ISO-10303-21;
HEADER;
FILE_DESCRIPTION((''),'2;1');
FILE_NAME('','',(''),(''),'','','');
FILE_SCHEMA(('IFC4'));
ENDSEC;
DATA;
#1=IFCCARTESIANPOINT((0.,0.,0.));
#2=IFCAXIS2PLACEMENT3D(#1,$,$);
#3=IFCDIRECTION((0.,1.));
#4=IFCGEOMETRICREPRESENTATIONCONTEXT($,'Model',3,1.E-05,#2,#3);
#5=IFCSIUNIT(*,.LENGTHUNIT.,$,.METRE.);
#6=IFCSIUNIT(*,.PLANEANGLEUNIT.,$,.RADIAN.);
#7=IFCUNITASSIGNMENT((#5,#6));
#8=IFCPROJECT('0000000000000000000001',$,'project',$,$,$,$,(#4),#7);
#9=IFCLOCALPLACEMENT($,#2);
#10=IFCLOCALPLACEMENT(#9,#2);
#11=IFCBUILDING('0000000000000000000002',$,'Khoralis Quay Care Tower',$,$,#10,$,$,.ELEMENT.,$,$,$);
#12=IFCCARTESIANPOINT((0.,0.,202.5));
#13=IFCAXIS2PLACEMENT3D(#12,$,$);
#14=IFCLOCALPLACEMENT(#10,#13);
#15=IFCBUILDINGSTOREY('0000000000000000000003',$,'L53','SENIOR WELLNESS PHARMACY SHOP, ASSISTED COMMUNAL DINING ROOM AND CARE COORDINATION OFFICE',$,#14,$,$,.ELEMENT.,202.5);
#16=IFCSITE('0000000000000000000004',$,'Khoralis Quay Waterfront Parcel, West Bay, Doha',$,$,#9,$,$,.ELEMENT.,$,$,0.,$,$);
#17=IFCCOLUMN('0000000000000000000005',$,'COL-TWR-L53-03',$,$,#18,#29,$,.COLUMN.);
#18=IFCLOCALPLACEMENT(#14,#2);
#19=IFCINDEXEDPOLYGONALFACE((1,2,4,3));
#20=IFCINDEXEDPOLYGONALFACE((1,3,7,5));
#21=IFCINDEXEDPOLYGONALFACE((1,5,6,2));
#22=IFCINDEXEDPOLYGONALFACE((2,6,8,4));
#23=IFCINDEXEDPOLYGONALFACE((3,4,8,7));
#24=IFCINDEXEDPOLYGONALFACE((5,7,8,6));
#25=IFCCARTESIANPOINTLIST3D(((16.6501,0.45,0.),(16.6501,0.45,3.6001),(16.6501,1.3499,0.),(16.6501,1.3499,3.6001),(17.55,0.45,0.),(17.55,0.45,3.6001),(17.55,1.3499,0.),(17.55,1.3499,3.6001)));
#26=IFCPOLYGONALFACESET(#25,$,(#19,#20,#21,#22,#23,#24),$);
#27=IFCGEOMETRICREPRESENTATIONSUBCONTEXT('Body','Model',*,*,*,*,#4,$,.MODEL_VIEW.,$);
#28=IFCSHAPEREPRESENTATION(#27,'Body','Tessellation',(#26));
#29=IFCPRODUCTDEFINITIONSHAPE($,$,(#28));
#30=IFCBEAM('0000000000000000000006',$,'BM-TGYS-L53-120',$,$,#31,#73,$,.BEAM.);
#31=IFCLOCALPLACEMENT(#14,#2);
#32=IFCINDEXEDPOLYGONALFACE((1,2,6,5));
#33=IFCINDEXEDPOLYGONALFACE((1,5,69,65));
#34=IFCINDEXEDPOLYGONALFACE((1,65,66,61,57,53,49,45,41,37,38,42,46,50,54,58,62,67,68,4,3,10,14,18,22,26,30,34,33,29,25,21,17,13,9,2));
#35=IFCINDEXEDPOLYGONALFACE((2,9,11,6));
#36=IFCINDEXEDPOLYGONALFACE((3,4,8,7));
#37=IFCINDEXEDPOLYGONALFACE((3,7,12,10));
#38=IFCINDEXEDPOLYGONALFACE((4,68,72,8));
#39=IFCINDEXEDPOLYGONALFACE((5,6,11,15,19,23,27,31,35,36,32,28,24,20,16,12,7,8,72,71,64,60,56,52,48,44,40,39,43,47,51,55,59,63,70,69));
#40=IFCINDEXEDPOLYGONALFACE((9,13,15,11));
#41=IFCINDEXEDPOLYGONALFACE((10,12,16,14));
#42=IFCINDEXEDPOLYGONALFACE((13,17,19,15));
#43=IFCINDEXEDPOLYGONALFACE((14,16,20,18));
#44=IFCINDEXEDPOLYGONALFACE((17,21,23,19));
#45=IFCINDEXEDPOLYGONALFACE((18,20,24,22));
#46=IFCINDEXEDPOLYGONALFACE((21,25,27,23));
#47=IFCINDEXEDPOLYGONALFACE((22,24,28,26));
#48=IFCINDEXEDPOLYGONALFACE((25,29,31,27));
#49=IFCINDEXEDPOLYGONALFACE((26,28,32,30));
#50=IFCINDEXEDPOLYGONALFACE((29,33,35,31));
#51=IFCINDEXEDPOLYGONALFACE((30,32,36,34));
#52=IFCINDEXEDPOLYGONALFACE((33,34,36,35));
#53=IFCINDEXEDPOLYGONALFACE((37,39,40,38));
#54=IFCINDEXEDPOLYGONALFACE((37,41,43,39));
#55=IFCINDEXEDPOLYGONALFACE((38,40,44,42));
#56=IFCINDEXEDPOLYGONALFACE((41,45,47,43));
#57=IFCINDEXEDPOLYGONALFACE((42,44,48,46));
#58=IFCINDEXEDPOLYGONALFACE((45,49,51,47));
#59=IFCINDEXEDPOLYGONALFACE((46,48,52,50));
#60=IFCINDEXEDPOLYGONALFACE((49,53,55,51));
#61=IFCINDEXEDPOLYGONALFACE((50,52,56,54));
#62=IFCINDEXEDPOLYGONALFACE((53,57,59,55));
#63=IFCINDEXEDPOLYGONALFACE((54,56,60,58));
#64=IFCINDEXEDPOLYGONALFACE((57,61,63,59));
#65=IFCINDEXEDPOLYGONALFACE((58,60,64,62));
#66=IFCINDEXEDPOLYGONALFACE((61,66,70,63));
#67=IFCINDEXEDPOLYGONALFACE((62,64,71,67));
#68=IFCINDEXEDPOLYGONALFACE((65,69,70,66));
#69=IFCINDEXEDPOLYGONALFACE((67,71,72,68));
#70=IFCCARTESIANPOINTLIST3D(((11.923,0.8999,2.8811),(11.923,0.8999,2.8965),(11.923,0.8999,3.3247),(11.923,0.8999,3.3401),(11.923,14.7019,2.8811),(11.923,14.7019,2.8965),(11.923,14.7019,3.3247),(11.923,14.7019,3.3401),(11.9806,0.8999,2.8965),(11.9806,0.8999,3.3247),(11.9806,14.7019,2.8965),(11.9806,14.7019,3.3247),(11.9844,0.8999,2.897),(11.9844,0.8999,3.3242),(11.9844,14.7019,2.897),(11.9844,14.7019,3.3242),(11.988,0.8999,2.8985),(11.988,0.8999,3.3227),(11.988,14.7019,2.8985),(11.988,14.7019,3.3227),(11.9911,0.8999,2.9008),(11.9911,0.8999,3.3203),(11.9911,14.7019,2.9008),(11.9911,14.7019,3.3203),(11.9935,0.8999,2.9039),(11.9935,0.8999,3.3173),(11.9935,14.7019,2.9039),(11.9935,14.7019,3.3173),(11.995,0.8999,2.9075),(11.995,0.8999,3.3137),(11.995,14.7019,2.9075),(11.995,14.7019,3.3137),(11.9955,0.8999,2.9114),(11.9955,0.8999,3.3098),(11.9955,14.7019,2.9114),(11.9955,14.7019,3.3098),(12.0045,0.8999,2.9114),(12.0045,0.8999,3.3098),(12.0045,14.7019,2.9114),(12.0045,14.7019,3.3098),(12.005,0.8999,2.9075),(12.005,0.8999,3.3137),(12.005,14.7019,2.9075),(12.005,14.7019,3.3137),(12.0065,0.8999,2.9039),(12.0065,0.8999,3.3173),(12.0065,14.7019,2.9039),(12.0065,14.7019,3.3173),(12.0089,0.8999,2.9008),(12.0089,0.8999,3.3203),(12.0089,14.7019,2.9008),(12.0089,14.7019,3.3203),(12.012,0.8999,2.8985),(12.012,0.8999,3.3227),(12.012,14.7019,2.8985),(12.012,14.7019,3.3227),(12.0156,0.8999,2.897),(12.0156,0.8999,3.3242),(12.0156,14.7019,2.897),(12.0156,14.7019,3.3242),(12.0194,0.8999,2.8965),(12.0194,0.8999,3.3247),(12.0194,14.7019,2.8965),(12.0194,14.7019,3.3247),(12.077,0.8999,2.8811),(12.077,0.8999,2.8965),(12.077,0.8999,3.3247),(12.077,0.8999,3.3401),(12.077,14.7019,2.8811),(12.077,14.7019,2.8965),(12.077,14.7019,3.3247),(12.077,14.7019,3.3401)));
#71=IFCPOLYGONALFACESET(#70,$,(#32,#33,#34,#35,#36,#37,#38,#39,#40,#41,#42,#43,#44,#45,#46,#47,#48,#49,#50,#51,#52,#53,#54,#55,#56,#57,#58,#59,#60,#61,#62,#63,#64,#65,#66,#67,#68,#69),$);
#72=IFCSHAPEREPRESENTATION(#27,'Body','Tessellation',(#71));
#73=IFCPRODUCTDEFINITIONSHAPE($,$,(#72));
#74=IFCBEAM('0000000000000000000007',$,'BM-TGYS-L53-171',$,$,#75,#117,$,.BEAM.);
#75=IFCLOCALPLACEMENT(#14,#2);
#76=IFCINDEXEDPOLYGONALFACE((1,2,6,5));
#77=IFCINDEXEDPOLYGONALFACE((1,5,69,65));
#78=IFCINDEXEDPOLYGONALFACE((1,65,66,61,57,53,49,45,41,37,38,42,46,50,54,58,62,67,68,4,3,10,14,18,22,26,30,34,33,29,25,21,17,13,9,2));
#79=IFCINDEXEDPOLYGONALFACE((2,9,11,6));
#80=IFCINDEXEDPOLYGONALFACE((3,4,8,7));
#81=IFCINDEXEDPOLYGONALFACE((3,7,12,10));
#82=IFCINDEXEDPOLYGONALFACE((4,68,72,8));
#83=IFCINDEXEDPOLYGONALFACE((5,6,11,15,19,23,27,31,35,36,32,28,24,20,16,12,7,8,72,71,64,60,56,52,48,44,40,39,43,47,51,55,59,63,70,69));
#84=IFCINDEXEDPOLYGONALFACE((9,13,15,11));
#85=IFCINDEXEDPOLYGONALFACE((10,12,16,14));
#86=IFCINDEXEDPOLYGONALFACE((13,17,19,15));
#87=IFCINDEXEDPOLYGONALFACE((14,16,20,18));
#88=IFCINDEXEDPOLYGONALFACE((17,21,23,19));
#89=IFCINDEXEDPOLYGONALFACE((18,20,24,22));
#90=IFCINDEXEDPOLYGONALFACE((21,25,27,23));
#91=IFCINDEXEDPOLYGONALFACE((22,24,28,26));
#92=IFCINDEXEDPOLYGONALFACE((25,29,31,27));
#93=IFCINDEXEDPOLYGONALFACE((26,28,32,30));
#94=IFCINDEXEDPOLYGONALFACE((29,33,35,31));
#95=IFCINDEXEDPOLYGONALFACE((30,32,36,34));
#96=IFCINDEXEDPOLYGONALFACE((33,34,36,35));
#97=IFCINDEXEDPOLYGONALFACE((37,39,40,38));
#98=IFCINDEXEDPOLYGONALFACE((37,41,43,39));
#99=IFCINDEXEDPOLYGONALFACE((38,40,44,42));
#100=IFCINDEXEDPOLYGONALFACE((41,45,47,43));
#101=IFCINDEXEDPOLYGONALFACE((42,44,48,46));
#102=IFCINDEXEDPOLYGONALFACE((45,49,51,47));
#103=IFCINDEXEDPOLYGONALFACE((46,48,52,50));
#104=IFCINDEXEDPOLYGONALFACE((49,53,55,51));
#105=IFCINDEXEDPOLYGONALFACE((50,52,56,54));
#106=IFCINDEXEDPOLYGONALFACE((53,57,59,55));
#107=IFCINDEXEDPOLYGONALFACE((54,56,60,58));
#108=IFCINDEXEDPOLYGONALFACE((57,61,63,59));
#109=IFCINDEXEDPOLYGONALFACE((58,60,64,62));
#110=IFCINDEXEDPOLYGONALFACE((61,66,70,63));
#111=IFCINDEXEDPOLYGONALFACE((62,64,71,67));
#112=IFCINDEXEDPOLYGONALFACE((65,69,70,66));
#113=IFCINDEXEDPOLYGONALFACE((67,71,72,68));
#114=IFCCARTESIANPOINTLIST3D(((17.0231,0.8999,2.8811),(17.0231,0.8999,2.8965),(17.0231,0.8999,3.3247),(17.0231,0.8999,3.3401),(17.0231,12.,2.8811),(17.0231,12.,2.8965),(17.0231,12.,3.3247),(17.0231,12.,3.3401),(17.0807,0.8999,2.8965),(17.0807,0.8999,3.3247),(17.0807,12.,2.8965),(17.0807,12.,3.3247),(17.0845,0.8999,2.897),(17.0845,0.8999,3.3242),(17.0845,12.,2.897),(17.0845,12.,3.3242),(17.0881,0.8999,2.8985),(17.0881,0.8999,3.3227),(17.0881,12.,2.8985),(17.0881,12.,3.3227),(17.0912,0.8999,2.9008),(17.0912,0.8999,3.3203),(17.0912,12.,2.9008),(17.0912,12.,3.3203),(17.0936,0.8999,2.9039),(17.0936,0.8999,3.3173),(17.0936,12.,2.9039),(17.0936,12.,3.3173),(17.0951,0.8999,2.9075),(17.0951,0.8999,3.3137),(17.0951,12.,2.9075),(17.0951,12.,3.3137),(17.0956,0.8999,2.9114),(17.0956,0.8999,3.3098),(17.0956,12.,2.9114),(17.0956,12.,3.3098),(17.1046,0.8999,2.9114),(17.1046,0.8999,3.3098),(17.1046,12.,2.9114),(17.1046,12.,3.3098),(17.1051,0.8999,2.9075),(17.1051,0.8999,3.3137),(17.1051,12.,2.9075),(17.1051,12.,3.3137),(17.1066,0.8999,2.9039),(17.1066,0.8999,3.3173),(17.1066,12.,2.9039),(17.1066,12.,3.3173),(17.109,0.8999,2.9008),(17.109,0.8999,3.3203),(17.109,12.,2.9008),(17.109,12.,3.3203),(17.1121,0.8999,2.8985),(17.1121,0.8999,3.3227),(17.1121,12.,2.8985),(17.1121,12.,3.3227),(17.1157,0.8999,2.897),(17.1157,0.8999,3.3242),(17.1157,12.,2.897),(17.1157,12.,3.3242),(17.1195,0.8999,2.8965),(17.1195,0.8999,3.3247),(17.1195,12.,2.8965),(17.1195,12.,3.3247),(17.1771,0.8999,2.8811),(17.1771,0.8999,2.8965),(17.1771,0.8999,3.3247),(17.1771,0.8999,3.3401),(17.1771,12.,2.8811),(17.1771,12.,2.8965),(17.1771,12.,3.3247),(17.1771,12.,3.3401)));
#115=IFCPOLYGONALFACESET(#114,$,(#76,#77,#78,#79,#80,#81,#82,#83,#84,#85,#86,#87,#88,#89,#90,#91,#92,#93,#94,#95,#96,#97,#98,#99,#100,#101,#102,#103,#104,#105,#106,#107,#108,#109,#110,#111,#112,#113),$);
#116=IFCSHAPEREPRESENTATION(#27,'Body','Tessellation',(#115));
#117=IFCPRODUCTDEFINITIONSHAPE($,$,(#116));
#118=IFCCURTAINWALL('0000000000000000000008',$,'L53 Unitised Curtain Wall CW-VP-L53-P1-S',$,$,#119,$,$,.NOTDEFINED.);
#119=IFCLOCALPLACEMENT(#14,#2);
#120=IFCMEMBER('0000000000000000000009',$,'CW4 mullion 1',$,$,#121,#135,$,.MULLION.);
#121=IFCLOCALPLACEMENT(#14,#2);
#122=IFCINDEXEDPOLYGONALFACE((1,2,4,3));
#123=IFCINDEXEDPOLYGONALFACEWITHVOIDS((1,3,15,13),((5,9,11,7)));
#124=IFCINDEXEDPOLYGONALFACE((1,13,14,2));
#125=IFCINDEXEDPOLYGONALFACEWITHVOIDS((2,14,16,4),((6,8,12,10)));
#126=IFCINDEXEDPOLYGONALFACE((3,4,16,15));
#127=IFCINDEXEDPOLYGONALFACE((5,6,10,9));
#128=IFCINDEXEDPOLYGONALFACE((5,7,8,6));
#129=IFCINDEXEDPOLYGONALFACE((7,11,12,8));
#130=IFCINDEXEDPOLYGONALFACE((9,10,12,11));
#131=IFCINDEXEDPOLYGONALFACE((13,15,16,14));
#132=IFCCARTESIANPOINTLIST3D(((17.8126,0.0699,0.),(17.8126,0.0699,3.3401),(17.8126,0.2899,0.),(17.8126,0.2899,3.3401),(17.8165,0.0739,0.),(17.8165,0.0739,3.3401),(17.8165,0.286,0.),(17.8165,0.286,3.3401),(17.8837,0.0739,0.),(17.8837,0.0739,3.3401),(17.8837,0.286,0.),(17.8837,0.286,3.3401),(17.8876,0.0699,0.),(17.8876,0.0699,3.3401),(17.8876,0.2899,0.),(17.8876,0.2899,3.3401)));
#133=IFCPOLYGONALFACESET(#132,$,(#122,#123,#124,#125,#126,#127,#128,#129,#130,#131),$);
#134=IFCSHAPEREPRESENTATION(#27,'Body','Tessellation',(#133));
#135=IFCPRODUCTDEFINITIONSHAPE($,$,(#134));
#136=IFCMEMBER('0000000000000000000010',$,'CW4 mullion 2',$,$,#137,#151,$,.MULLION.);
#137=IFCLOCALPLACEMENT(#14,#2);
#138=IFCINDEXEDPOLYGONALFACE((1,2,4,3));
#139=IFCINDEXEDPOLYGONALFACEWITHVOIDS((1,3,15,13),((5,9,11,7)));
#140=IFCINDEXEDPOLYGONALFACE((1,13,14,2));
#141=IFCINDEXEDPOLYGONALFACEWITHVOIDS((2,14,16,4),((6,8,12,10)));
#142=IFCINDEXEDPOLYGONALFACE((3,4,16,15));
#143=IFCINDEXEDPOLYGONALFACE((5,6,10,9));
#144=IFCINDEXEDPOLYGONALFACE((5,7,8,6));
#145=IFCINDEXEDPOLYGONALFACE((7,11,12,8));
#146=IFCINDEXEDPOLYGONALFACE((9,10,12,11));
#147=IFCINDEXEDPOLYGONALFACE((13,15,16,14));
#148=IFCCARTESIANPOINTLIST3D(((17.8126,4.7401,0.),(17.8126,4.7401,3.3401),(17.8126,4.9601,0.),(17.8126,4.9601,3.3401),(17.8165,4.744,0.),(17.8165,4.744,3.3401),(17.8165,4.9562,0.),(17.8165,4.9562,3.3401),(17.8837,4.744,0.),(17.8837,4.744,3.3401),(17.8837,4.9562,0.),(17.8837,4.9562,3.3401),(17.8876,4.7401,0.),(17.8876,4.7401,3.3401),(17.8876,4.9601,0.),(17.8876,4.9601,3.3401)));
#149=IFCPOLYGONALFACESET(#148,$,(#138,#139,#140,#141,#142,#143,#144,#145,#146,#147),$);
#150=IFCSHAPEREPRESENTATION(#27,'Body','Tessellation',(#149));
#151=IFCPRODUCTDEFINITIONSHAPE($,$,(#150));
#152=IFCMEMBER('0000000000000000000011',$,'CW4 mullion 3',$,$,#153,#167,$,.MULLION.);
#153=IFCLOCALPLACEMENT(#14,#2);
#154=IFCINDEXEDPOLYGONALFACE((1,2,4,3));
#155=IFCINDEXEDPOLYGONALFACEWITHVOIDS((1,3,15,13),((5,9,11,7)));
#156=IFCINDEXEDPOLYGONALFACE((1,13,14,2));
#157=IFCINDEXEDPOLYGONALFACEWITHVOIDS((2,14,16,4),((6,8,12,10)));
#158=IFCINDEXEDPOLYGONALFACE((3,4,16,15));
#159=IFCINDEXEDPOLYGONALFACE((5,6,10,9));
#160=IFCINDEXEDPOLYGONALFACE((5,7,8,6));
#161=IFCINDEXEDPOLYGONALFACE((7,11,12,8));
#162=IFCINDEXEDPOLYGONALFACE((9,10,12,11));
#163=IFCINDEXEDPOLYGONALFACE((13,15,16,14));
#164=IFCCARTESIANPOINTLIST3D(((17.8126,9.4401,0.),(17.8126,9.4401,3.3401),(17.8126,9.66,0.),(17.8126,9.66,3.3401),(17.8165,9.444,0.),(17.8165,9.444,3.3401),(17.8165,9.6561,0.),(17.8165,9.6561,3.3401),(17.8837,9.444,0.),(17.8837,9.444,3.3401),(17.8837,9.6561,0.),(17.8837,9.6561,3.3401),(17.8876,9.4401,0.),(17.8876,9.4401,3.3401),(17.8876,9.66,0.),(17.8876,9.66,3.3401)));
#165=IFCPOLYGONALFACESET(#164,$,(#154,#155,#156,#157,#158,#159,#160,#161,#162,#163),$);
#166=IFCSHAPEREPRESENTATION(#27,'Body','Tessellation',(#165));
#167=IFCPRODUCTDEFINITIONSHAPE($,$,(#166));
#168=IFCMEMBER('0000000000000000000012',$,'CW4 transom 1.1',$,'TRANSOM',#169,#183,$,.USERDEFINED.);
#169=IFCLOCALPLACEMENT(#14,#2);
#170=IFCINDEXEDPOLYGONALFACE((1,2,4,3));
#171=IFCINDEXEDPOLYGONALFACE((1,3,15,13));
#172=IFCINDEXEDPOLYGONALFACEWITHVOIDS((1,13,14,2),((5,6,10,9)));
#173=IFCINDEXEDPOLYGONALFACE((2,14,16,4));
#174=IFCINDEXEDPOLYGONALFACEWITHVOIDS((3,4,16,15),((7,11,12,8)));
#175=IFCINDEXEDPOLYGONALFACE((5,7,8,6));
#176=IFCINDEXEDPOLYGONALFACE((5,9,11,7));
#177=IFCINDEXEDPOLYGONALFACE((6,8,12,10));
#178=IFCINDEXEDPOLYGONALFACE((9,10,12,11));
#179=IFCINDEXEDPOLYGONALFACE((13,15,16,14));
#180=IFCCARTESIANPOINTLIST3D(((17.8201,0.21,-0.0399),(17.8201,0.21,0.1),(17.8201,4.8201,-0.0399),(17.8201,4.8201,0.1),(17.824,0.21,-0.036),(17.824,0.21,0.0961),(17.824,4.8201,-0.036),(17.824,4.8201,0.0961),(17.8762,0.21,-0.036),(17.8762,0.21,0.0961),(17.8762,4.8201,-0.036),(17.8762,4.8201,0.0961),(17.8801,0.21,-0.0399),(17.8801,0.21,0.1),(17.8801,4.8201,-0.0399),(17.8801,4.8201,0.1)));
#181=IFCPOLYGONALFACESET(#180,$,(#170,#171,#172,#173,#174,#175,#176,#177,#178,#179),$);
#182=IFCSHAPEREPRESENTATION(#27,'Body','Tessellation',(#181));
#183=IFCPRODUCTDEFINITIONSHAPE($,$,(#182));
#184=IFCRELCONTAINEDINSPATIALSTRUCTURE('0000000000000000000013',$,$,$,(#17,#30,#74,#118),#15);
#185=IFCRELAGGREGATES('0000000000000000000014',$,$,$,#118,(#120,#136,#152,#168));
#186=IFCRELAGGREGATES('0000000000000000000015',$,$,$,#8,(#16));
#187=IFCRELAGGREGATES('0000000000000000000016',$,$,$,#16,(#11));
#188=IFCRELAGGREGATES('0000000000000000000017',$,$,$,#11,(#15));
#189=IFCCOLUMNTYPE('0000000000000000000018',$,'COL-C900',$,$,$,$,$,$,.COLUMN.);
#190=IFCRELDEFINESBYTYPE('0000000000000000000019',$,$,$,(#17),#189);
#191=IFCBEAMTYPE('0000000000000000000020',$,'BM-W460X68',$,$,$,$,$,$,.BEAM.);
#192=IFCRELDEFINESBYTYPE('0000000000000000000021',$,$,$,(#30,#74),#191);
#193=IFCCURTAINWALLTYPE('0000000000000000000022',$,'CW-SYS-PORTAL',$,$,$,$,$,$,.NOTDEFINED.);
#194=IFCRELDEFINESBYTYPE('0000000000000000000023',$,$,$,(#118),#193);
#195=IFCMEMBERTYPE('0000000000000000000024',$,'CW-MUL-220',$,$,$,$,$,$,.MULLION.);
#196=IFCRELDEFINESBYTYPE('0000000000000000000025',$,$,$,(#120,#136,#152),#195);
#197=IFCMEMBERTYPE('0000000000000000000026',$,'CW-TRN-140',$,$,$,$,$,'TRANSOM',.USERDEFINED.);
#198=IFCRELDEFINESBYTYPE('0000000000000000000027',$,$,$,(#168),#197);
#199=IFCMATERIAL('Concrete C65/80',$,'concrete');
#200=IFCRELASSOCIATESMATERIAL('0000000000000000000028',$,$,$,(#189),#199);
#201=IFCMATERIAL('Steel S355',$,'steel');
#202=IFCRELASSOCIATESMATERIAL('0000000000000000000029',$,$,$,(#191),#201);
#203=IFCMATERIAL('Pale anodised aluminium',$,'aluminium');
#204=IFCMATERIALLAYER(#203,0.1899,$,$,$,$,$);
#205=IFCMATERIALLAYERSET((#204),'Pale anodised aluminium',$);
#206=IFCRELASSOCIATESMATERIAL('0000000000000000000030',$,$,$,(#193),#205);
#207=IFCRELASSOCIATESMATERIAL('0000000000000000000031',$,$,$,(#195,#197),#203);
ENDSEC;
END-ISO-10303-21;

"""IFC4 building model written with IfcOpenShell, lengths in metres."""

from ifc_helpers import new_model, si_unit, direction, frame, origin, origin_2d, place, context, subcontext, project, spatial, rectangle, hollow_rectangle, i_section, extrude, source, transform, mapped, material, layer, layer_set, material_profile, profile_set, type_object, element, aggregate, save


model = new_model("IFC4")

# Units and contexts
model_context = context("Model", 3, precision=1e-05, world=origin(), true_north=direction((0.0, 1.0)))
body_context = subcontext(model_context, "Body", "Model", "MODEL_VIEW")
ifc_project = project(units=[si_unit("LENGTHUNIT", "METRE"), si_unit("PLANEANGLEUNIT", "RADIAN")], contexts=[model_context])

# Site, building, storey
site_placement = place(None, origin())
site = spatial("IfcSite", under=ifc_project, at=site_placement, Name="Khoralis Quay Waterfront Parcel, West Bay, Doha", CompositionType="ELEMENT", RefElevation=0.0)
building_placement = place(site_placement, origin())
building = spatial("IfcBuilding", under=site, at=building_placement, Name="Khoralis Quay Care Tower", CompositionType="ELEMENT")
storey_placement = place(building_placement, frame((0.0, 0.0, 202.5)))
storey = spatial("IfcBuildingStorey", under=building, at=storey_placement, Name="L53", Description="SENIOR WELLNESS PHARMACY SHOP, ASSISTED COMMUNAL DINING ROOM AND CARE COORDINATION OFFICE", CompositionType="ELEMENT", Elevation=202.5)

# Column
ifc_material_1 = material(Name="Concrete C65/80", Category="concrete")
ifc_material_profile_1 = material_profile(ifc_material_1, rectangle(XDim=0.8999, YDim=0.8999, at=origin_2d()), Name="Concrete C65/80")
ifc_profile_set_1 = profile_set([ifc_material_profile_1], Name="Concrete C65/80")
column_type = type_object("IfcColumnType", Name="COL-C900", PredefinedType="COLUMN", material=ifc_profile_set_1)
shared_shape_1 = source(origin(), body_context, "Body", "SweptSolid", [
    extrude(rectangle(XDim=0.8999, YDim=0.8999, at=origin_2d()), origin(), (0.0, 0.0, 1.0), 3.6001),
])
column_placement = place(storey_placement, frame((17.1001, 0.8999, 0.0), z_axis=(0.0, 0.0, 1.0), x_axis=(1.0, 0.0, 0.0)))
element("IfcColumn", 1, at=column_placement, inside=storey, type_object=column_type, Name="COL-TWR-L53-03", PredefinedType="COLUMN", context=body_context, shape_type="MappedRepresentation", body=[
    mapped(shared_shape_1, transform((0.0, 0.0, 0.0), scale=1.0)),
])

# Beams
ifc_material_2 = material(Name="Steel S355", Category="steel")
ifc_material_profile_2 = material_profile(ifc_material_2, i_section(OverallWidth=0.1541, OverallDepth=0.459, WebThickness=0.009, FlangeThickness=0.0154, FilletRadius=0.0149, at=origin_2d()), Name="Steel S355")
ifc_profile_set_2 = profile_set([ifc_material_profile_2], Name="Steel S355")
beam_type = type_object("IfcBeamType", Name="BM-W460X68", PredefinedType="BEAM", material=ifc_profile_set_2)
shared_shape_2 = source(origin(), body_context, "Body", "SweptSolid", [
    extrude(i_section(OverallWidth=0.1541, OverallDepth=0.459, WebThickness=0.009, FlangeThickness=0.0154, FilletRadius=0.0149, at=origin_2d()), origin(), (0.0, 0.0, 1.0), 13.802),
])
beam_1_placement = place(storey_placement, frame((12.0, 0.8999, 3.1106), z_axis=(0.0, 1.0, 0.0), x_axis=(-1.0, 0.0, 0.0)))
element("IfcBeam", 2, at=beam_1_placement, inside=storey, type_object=beam_type, Name="BM-TGYS-L53-120", PredefinedType="BEAM", context=body_context, shape_type="MappedRepresentation", body=[
    mapped(shared_shape_2, transform((0.0, 0.0, 0.0), scale=1.0)),
])
shared_shape_3 = source(origin(), body_context, "Body", "SweptSolid", [
    extrude(i_section(OverallWidth=0.1541, OverallDepth=0.459, WebThickness=0.009, FlangeThickness=0.0154, FilletRadius=0.0149, at=origin_2d()), origin(), (0.0, 0.0, 1.0), 11.1001),
])
beam_2_placement = place(storey_placement, frame((17.1001, 0.8999, 3.1106), z_axis=(0.0, 1.0, 0.0), x_axis=(-1.0, 0.0, 0.0)))
element("IfcBeam", 3, at=beam_2_placement, inside=storey, type_object=beam_type, Name="BM-TGYS-L53-171", PredefinedType="BEAM", context=body_context, shape_type="MappedRepresentation", body=[
    mapped(shared_shape_3, transform((0.0, 0.0, 0.0), scale=1.0)),
])

# Curtain wall, members
ifc_material_3 = material(Name="Pale anodised aluminium", Category="aluminium")
ifc_layer_1 = layer(ifc_material_3, 0.1899)
ifc_layer_set_1 = layer_set([ifc_layer_1], Name="Pale anodised aluminium")
curtain_wall_type = type_object("IfcCurtainWallType", Name="CW-SYS-PORTAL", PredefinedType="NOTDEFINED", material=ifc_layer_set_1)
curtain_wall_placement = place(storey_placement, origin())
curtain_wall = element("IfcCurtainWall", 4, at=curtain_wall_placement, inside=storey, type_object=curtain_wall_type, Name="L53 Unitised Curtain Wall CW-VP-L53-P1-S", PredefinedType="NOTDEFINED")
ifc_material_profile_3 = material_profile(ifc_material_3, hollow_rectangle(XDim=0.075, YDim=0.22, WallThickness=0.0039, at=origin_2d()), Name="Pale anodised aluminium")
ifc_profile_set_3 = profile_set([ifc_material_profile_3], Name="Pale anodised aluminium")
member_type_1 = type_object("IfcMemberType", Name="CW-MUL-220", PredefinedType="MULLION", material=ifc_profile_set_3)
shared_shape_4 = source(origin(), body_context, "Body", "SweptSolid", [
    extrude(hollow_rectangle(XDim=0.075, YDim=0.22, WallThickness=0.0039, at=origin_2d()), origin(), (0.0, 0.0, 1.0), 3.3401),
])
member_1_placement = place(storey_placement, frame((17.8501, 0.1799, 0.0), z_axis=(0.0, 0.0, 1.0), x_axis=(-1.0, 0.0, 0.0)))
member_1 = element("IfcMember", 5, at=member_1_placement, type_object=member_type_1, Name="CW4 mullion 1", PredefinedType="MULLION", context=body_context, shape_type="MappedRepresentation", body=[
    mapped(shared_shape_4, transform((0.0, 0.0, 0.0), scale=1.0)),
])
member_2_placement = place(storey_placement, frame((17.8501, 4.8501, 0.0), z_axis=(0.0, 0.0, 1.0), x_axis=(-1.0, 0.0, 0.0)))
member_2 = element("IfcMember", 6, at=member_2_placement, type_object=member_type_1, Name="CW4 mullion 2", PredefinedType="MULLION", context=body_context, shape_type="MappedRepresentation", body=[
    mapped(shared_shape_4, transform((0.0, 0.0, 0.0), scale=1.0)),
])
member_3_placement = place(storey_placement, frame((17.8501, 9.55, 0.0), z_axis=(0.0, 0.0, 1.0), x_axis=(-1.0, 0.0, 0.0)))
member_3 = element("IfcMember", 7, at=member_3_placement, type_object=member_type_1, Name="CW4 mullion 3", PredefinedType="MULLION", context=body_context, shape_type="MappedRepresentation", body=[
    mapped(shared_shape_4, transform((0.0, 0.0, 0.0), scale=1.0)),
])
ifc_material_profile_4 = material_profile(ifc_material_3, hollow_rectangle(XDim=0.0601, YDim=0.1399, WallThickness=0.0039, at=origin_2d()), Name="Pale anodised aluminium")
ifc_profile_set_4 = profile_set([ifc_material_profile_4], Name="Pale anodised aluminium")
member_type_2 = type_object("IfcMemberType", Name="CW-TRN-140", ElementType="TRANSOM", PredefinedType="USERDEFINED", material=ifc_profile_set_4)
shared_shape_5 = source(origin(), body_context, "Body", "SweptSolid", [
    extrude(hollow_rectangle(XDim=0.0601, YDim=0.1399, WallThickness=0.0039, at=origin_2d()), origin(), (0.0, 0.0, 1.0), 4.6101),
])
member_4_placement = place(storey_placement, frame((17.8501, 0.21, 0.03), z_axis=(0.0, 1.0, 0.0), x_axis=(-1.0, 0.0, 0.0)))
member_4 = element("IfcMember", 8, at=member_4_placement, type_object=member_type_2, Name="CW4 transom 1.1", ObjectType="TRANSOM", PredefinedType="USERDEFINED", context=body_context, shape_type="MappedRepresentation", body=[
    mapped(shared_shape_5, transform((0.0, 0.0, 0.0), scale=1.0)),
])
aggregate(curtain_wall, [member_1, member_2, member_3, member_4])

save(model, "model.ifc")
